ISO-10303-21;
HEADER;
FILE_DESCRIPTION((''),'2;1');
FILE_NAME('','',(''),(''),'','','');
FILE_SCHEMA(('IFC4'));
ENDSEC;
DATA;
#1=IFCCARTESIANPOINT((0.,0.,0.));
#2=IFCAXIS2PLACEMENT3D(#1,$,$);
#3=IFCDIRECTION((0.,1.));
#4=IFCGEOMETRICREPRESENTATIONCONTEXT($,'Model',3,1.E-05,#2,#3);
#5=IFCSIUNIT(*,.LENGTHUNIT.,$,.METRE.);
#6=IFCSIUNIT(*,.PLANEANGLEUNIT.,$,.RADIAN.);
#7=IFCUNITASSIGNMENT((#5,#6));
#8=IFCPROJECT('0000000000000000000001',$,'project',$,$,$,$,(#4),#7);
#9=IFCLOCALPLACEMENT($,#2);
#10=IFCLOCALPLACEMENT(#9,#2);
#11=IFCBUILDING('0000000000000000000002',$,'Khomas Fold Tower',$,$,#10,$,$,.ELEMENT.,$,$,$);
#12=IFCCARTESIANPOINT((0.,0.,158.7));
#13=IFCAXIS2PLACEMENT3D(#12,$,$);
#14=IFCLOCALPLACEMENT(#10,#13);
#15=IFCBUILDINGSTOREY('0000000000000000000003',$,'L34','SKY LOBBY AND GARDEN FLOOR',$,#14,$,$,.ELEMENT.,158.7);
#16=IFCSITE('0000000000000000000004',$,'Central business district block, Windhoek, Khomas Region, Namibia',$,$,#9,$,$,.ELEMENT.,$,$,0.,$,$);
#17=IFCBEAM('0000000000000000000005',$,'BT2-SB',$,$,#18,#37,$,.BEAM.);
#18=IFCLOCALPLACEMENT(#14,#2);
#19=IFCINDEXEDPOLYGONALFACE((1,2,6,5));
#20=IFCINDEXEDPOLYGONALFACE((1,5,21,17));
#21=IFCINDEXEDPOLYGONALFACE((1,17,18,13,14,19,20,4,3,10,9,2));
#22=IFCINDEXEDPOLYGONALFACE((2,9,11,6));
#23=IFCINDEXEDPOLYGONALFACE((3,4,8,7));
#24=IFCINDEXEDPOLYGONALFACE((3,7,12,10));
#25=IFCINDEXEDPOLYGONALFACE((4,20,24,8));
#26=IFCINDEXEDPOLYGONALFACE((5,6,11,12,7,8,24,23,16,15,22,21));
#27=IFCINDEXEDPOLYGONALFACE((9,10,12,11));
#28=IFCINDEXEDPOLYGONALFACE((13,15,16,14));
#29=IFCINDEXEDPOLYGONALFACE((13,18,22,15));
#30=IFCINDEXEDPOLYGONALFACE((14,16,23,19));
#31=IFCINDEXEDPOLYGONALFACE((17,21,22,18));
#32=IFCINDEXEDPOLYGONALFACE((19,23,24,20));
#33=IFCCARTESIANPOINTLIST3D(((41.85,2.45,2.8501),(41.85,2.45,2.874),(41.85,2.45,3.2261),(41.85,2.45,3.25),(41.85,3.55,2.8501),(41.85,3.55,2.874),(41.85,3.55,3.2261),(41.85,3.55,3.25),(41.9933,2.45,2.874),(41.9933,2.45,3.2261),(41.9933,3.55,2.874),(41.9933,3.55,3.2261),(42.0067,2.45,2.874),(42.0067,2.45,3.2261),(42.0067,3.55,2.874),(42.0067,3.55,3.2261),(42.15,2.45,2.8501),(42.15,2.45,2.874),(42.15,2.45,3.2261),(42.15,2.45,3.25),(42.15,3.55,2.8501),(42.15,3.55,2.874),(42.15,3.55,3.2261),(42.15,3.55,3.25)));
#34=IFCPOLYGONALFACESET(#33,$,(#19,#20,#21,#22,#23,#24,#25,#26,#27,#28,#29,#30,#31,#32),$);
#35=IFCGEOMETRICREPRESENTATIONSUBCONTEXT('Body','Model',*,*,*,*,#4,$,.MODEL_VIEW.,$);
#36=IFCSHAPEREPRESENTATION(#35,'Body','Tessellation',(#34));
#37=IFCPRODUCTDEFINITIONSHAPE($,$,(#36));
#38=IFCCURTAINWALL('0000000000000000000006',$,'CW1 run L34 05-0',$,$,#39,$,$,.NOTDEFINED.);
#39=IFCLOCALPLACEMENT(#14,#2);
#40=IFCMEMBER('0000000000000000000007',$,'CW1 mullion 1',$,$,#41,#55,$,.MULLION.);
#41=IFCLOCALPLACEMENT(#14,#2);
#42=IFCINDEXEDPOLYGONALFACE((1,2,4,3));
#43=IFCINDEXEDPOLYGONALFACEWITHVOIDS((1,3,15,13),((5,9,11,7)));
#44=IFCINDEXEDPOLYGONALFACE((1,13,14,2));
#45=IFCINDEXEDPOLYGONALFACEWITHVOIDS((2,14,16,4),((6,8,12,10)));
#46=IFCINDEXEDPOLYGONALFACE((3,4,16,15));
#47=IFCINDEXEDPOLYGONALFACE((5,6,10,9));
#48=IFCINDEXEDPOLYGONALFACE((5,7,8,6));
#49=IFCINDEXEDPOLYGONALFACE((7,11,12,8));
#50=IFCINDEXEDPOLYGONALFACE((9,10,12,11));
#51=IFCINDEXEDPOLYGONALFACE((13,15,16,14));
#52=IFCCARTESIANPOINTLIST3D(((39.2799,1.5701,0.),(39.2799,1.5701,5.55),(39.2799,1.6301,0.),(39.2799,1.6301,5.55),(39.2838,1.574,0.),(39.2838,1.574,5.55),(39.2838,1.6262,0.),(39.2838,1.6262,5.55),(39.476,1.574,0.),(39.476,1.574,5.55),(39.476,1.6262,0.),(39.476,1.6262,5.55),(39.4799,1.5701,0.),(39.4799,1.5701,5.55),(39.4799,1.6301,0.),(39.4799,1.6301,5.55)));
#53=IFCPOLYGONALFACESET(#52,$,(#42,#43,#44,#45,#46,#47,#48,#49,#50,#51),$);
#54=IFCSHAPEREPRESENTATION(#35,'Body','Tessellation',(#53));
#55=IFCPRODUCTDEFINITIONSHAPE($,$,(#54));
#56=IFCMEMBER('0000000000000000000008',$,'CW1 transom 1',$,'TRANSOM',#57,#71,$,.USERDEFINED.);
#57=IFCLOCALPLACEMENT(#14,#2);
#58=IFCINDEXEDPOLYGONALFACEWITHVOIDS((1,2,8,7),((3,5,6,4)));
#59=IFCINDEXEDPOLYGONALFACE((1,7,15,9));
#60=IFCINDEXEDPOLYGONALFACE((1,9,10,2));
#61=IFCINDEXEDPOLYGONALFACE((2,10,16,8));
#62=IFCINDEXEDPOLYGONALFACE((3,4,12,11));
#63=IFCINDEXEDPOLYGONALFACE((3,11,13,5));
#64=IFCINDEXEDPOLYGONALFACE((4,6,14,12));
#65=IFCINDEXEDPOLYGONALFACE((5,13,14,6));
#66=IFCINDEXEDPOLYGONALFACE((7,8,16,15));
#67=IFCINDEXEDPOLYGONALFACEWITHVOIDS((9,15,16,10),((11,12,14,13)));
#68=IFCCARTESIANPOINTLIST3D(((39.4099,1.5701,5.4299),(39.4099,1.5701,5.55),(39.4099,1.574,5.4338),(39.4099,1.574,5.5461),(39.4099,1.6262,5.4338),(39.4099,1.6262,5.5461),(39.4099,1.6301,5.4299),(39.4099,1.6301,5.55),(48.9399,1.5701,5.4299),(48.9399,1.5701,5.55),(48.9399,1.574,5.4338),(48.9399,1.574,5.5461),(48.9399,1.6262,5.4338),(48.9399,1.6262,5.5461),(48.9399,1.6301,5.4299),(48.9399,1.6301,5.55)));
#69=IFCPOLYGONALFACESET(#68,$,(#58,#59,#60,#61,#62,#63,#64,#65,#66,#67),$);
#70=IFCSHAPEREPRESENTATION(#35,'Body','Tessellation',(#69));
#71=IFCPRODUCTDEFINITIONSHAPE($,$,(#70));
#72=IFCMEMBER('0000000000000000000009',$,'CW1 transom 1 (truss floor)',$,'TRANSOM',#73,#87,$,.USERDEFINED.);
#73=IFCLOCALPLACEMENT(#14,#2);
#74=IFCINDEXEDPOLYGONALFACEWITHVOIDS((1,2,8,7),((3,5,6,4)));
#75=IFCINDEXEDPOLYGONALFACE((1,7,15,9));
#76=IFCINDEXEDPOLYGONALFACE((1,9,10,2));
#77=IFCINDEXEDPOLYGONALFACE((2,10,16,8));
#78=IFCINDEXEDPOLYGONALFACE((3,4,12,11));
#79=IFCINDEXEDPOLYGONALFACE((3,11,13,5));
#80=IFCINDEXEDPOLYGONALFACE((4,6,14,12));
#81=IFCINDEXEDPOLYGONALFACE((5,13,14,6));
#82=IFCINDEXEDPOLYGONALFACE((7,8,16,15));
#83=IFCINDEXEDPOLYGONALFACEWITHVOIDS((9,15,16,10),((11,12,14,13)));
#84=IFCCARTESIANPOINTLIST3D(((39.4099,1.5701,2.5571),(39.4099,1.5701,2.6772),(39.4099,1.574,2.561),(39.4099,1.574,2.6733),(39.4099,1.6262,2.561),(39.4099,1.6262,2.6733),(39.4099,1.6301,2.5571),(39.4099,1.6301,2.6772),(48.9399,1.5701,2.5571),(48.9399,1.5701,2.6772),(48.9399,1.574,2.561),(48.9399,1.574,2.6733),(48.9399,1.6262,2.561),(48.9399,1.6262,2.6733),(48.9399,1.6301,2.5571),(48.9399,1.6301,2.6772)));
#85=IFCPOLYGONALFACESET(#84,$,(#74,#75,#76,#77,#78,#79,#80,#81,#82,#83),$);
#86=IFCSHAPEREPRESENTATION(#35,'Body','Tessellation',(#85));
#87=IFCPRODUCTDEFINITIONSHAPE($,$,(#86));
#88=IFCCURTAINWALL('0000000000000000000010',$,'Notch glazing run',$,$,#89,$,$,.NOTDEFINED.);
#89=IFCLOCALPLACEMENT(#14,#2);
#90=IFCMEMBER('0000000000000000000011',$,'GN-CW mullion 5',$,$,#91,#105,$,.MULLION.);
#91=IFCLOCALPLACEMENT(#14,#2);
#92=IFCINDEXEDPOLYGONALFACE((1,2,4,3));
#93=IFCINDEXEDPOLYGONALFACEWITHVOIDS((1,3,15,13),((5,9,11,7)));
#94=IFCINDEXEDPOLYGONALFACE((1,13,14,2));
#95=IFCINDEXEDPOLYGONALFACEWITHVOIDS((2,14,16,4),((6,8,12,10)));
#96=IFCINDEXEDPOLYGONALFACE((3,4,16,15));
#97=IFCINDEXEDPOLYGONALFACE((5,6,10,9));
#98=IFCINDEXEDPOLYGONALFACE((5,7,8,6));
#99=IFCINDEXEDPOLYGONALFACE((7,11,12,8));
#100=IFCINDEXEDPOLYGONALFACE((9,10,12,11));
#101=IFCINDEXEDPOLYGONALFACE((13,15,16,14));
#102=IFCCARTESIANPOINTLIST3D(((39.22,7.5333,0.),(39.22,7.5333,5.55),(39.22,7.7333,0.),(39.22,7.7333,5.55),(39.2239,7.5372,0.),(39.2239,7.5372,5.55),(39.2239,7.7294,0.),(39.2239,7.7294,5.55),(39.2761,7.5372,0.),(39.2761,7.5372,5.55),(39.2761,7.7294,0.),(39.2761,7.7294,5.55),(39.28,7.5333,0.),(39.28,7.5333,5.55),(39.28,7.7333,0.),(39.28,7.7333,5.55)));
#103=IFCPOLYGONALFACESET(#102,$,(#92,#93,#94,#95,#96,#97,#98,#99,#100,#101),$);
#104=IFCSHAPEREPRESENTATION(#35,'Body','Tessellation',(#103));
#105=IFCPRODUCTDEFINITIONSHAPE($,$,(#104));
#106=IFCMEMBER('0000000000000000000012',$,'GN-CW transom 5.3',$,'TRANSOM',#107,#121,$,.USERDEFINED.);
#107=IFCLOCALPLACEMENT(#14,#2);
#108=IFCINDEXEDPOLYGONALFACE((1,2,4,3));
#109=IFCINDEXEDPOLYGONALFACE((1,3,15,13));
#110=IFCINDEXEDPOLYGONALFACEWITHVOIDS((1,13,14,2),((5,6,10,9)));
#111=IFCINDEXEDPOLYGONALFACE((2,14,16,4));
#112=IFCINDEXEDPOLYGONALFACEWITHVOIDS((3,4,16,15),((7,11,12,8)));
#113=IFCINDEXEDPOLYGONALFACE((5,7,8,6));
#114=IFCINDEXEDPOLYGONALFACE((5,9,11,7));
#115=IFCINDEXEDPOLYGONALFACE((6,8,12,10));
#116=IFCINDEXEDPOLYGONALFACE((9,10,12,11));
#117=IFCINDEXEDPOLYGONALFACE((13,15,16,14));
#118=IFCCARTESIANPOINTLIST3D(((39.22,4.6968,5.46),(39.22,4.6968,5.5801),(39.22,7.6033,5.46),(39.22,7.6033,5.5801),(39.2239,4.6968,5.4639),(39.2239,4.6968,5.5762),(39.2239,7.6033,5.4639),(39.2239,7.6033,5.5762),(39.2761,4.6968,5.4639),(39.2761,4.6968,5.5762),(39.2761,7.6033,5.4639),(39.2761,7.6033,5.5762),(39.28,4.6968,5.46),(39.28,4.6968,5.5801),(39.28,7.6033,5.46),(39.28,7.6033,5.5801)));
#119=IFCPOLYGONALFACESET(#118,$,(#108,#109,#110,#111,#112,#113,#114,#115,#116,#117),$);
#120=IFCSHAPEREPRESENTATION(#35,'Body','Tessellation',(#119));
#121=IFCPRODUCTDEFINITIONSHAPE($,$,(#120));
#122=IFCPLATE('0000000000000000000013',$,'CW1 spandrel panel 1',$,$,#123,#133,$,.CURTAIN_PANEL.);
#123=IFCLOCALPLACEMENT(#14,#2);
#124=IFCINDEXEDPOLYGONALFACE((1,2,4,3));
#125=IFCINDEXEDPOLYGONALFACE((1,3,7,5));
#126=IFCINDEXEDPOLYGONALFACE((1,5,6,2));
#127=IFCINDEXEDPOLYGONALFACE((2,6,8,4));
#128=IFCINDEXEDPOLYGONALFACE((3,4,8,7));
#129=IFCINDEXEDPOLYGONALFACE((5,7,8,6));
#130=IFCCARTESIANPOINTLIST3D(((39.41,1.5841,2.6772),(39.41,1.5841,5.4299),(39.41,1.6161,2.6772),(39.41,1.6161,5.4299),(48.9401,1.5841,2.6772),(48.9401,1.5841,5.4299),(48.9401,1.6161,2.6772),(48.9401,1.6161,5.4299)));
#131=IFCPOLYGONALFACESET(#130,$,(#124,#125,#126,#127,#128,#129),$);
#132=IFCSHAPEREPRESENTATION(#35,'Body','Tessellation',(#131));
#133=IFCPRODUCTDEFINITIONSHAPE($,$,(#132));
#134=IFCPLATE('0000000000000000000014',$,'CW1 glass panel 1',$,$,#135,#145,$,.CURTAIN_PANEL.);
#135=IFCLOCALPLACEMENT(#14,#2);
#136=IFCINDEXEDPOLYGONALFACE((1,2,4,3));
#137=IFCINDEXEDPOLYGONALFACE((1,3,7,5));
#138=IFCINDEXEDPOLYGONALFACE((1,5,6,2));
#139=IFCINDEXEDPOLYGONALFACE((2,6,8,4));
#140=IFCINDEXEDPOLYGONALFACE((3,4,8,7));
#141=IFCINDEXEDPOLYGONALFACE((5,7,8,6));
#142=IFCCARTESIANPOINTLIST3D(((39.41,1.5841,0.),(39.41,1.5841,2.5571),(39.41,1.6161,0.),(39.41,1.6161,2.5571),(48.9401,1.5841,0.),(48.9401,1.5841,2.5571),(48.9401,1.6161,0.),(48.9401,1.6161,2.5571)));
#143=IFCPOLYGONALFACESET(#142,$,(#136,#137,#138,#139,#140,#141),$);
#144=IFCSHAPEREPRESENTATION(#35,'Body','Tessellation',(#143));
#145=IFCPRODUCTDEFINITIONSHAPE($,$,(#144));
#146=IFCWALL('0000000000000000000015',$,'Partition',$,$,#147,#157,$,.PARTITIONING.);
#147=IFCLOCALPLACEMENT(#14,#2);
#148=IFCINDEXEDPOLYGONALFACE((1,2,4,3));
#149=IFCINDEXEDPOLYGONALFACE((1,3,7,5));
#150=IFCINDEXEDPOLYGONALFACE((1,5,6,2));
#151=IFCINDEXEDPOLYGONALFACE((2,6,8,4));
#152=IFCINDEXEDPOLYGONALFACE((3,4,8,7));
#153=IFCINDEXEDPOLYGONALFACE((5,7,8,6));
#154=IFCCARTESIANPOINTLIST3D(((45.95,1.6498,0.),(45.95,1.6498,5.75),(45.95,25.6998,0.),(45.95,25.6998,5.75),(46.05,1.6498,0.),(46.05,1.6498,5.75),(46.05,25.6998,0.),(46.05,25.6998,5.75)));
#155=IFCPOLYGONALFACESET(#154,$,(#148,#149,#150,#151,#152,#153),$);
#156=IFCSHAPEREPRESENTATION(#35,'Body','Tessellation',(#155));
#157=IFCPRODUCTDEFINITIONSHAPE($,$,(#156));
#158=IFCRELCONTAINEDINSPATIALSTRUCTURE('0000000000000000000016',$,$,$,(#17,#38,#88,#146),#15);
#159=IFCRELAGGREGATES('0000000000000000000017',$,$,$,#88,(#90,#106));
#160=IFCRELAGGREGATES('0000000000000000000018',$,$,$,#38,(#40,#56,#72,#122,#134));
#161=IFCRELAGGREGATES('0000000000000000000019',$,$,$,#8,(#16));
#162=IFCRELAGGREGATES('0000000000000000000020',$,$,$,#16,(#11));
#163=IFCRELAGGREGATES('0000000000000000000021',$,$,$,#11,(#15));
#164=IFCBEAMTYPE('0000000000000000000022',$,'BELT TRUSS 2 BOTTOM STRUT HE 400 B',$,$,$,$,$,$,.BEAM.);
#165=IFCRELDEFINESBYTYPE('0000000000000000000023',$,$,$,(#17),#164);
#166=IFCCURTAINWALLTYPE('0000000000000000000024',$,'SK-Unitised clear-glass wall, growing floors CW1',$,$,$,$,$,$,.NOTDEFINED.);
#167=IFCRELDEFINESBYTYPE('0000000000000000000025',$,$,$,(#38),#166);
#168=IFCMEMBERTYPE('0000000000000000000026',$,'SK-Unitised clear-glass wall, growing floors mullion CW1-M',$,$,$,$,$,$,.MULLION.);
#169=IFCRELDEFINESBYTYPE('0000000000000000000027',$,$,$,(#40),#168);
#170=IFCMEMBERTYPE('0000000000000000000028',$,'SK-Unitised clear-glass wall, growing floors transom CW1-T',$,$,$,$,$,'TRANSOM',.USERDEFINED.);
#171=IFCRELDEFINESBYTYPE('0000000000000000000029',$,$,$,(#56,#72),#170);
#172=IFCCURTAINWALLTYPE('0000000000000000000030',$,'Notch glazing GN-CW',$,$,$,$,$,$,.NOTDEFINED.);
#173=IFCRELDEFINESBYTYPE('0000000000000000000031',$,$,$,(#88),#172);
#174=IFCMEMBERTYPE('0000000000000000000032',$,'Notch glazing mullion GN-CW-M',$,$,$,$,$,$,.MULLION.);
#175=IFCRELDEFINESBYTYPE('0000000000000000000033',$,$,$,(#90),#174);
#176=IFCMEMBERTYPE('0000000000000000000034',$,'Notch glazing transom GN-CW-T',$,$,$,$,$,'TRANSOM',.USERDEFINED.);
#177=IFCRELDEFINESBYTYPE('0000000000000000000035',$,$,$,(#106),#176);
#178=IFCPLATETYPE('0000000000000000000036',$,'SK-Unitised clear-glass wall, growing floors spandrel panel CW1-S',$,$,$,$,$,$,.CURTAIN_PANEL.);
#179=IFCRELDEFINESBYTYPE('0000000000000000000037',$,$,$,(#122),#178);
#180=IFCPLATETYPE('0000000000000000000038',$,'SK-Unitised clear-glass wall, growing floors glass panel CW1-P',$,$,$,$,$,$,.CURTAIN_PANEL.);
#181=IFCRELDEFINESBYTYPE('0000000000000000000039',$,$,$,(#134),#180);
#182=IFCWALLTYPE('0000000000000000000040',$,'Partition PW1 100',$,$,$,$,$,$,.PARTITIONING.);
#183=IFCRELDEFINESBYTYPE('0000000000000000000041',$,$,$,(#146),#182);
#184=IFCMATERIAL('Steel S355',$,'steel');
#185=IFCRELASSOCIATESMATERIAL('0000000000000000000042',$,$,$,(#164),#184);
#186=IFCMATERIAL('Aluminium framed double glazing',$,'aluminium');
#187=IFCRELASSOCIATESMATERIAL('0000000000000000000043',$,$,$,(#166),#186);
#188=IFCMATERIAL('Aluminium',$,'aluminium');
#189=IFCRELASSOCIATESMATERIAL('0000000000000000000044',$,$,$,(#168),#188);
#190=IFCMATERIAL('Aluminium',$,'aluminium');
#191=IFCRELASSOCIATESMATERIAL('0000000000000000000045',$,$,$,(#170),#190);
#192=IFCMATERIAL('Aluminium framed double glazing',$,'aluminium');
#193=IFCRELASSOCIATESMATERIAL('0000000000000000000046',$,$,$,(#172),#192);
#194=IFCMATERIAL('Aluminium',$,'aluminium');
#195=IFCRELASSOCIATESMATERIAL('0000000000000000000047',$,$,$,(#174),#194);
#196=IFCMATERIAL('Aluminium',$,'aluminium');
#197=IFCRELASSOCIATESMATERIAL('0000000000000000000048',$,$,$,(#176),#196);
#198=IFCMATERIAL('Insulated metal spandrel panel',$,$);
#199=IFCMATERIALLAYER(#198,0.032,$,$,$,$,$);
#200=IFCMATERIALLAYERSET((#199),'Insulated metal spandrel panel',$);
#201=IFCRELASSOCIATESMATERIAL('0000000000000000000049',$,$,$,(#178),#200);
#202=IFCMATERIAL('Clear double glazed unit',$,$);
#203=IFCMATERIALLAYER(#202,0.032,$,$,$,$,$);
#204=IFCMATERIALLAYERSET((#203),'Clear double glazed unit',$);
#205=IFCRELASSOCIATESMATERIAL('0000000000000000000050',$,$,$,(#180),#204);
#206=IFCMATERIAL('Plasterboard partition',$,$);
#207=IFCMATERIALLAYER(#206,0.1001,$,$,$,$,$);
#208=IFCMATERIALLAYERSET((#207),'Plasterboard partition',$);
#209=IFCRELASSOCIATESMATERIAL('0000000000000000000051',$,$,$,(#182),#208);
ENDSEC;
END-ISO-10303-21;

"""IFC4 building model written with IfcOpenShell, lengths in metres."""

from ifc_helpers import new_model, si_unit, direction, frame, frame_2d, origin, origin_2d, place, context, subcontext, project, spatial, rectangle, hollow_rectangle, i_section, extrude, source, transform, mapped, material, layer, layer_set, material_profile, profile_set, type_object, element, aggregate, save


model = new_model("IFC4")

# Units and contexts
model_context = context("Model", 3, precision=1e-05, world=origin(), true_north=direction((0.0, 1.0)))
body_context = subcontext(model_context, "Body", "Model", "MODEL_VIEW")
ifc_project = project(units=[si_unit("LENGTHUNIT", "METRE"), si_unit("PLANEANGLEUNIT", "RADIAN")], contexts=[model_context])

# Site, building, storey
site_placement = place(None, origin())
site = spatial("IfcSite", under=ifc_project, at=site_placement, Name="Central business district block, Windhoek, Khomas Region, Namibia", CompositionType="ELEMENT", RefElevation=0.0)
building_placement = place(site_placement, origin())
building = spatial("IfcBuilding", under=site, at=building_placement, Name="Khomas Fold Tower", CompositionType="ELEMENT")
storey_placement = place(building_placement, frame((0.0, 0.0, 158.7)))
storey = spatial("IfcBuildingStorey", under=building, at=storey_placement, Name="L34", Description="SKY LOBBY AND GARDEN FLOOR", CompositionType="ELEMENT", Elevation=158.7)

# Beam
ifc_material_1 = material(Name="Steel S355", Category="steel")
ifc_material_profile_1 = material_profile(ifc_material_1, i_section(OverallWidth=0.3, OverallDepth=0.3999, WebThickness=0.0134, FlangeThickness=0.0239, at=origin_2d()), Name="HE 400 B")
ifc_profile_set_1 = profile_set([ifc_material_profile_1], Name="Steel S355")
beam_type_1 = type_object("IfcBeamType", Name="BELT TRUSS 2 BOTTOM STRUT HE 400 B", PredefinedType="BEAM", material=ifc_profile_set_1)
shared_shape_1 = source(origin(), body_context, "Body", "SweptSolid", [
    extrude(i_section(OverallWidth=0.3, OverallDepth=0.3999, WebThickness=0.0134, FlangeThickness=0.0239, at=origin_2d()), origin(), (0.0, 0.0, 1.0), 1.1001),
])
beam_1_placement = place(storey_placement, frame((42.0, 3.55, 3.05), z_axis=(0.0, -1.0, 0.0), x_axis=(1.0, 0.0, 0.0)))
element("IfcBeam", 1, at=beam_1_placement, inside=storey, type_object=beam_type_1, Name="BT2-SB", PredefinedType="BEAM", context=body_context, shape_type="MappedRepresentation", body=[
    mapped(shared_shape_1, transform((0.0, 0.0, 0.0))),
])

# Curtain walls, members
ifc_material_2 = material(Name="Aluminium framed double glazing", Category="aluminium")
curtain_wall_type_1 = type_object("IfcCurtainWallType", Name="SK-Unitised clear-glass wall, growing floors CW1", PredefinedType="NOTDEFINED", material=ifc_material_2)
curtain_wall_1_placement = place(storey_placement, origin())
curtain_wall_1 = element("IfcCurtainWall", 2, at=curtain_wall_1_placement, inside=storey, type_object=curtain_wall_type_1, Name="CW1 run L34 05-0", PredefinedType="NOTDEFINED")
ifc_material_3 = material(Name="Aluminium", Category="aluminium")
ifc_material_profile_2 = material_profile(ifc_material_3, hollow_rectangle(XDim=0.0601, YDim=0.2, WallThickness=0.0039, at=origin_2d()), Name="SK-Unitised clear-glass wall, growing floors mullion CW1-M")
ifc_profile_set_2 = profile_set([ifc_material_profile_2], Name="Aluminium")
member_type_1 = type_object("IfcMemberType", Name="SK-Unitised clear-glass wall, growing floors mullion CW1-M", PredefinedType="MULLION", material=ifc_profile_set_2)
shared_shape_2 = source(origin(), body_context, "Body", "SweptSolid", [
    extrude(hollow_rectangle(XDim=0.0601, YDim=0.2, WallThickness=0.0039, at=origin_2d()), origin(), (0.0, 0.0, 1.0), 5.55),
])
member_1_placement = place(storey_placement, frame((39.3799, 1.6001, 0.0), z_axis=(0.0, 0.0, 1.0), x_axis=(0.0, 1.0, 0.0)))
member_1 = element("IfcMember", 3, at=member_1_placement, type_object=member_type_1, Name="CW1 mullion 1", PredefinedType="MULLION", context=body_context, shape_type="MappedRepresentation", body=[
    mapped(shared_shape_2, transform((0.0, 0.0, 0.0))),
])
ifc_material_4 = material(Name="Aluminium", Category="aluminium")
ifc_material_profile_3 = material_profile(ifc_material_4, hollow_rectangle(XDim=0.0601, YDim=0.1201, WallThickness=0.0039, at=origin_2d()), Name="SK-Unitised clear-glass wall, growing floors transom CW1-T")
ifc_profile_set_3 = profile_set([ifc_material_profile_3], Name="Aluminium")
member_type_2 = type_object("IfcMemberType", Name="SK-Unitised clear-glass wall, growing floors transom CW1-T", ElementType="TRANSOM", PredefinedType="USERDEFINED", material=ifc_profile_set_3)
shared_shape_3 = source(origin(), body_context, "Body", "SweptSolid", [
    extrude(hollow_rectangle(XDim=0.0601, YDim=0.1201, WallThickness=0.0039, at=origin_2d()), origin(), (0.0, 0.0, 1.0), 9.53),
])
member_2_placement = place(storey_placement, frame((39.4099, 1.6001, 5.49), z_axis=(1.0, 0.0, 0.0), x_axis=(0.0, 1.0, 0.0)))
member_2 = element("IfcMember", 4, at=member_2_placement, type_object=member_type_2, Name="CW1 transom 1", ObjectType="TRANSOM", PredefinedType="USERDEFINED", context=body_context, shape_type="MappedRepresentation", body=[
    mapped(shared_shape_3, transform((0.0, 0.0, 0.0))),
])
member_3_placement = place(storey_placement, frame((39.4099, 1.6001, 2.6172), z_axis=(1.0, 0.0, 0.0), x_axis=(0.0, 1.0, 0.0)))
member_3 = element("IfcMember", 5, at=member_3_placement, type_object=member_type_2, Name="CW1 transom 1 (truss floor)", ObjectType="TRANSOM", PredefinedType="USERDEFINED", context=body_context, shape_type="MappedRepresentation", body=[
    mapped(shared_shape_3, transform((0.0, 0.0, 0.0))),
])
ifc_material_5 = material(Name="Aluminium framed double glazing", Category="aluminium")
curtain_wall_type_2 = type_object("IfcCurtainWallType", Name="Notch glazing GN-CW", PredefinedType="NOTDEFINED", material=ifc_material_5)
curtain_wall_2_placement = place(storey_placement, origin())
curtain_wall_2 = element("IfcCurtainWall", 6, at=curtain_wall_2_placement, inside=storey, type_object=curtain_wall_type_2, Name="Notch glazing run", PredefinedType="NOTDEFINED")
ifc_material_6 = material(Name="Aluminium", Category="aluminium")
ifc_material_profile_4 = material_profile(ifc_material_6, hollow_rectangle(XDim=0.0601, YDim=0.2, WallThickness=0.0039, at=origin_2d()), Name="Notch glazing mullion GN-CW-M")
ifc_profile_set_4 = profile_set([ifc_material_profile_4], Name="Aluminium")
member_type_3 = type_object("IfcMemberType", Name="Notch glazing mullion GN-CW-M", PredefinedType="MULLION", material=ifc_profile_set_4)
shared_shape_4 = source(origin(), body_context, "Body", "SweptSolid", [
    extrude(hollow_rectangle(XDim=0.0601, YDim=0.2, WallThickness=0.0039, at=origin_2d()), origin(), (0.0, 0.0, 1.0), 5.55),
])
member_4_placement = place(storey_placement, frame((39.25, 7.6333, 0.0), z_axis=(0.0, 0.0, 1.0), x_axis=(1.0, 0.0, 0.0)))
member_4 = element("IfcMember", 7, at=member_4_placement, type_object=member_type_3, Name="GN-CW mullion 5", PredefinedType="MULLION", context=body_context, shape_type="MappedRepresentation", body=[
    mapped(shared_shape_4, transform((0.0, 0.0, 0.0))),
])
ifc_material_7 = material(Name="Aluminium", Category="aluminium")
ifc_material_profile_5 = material_profile(ifc_material_7, hollow_rectangle(XDim=0.0601, YDim=0.1201, WallThickness=0.0039, at=origin_2d()), Name="Notch glazing transom GN-CW-T")
ifc_profile_set_5 = profile_set([ifc_material_profile_5], Name="Aluminium")
member_type_4 = type_object("IfcMemberType", Name="Notch glazing transom GN-CW-T", ElementType="TRANSOM", PredefinedType="USERDEFINED", material=ifc_profile_set_5)
shared_shape_5 = source(origin(), body_context, "Body", "SweptSolid", [
    extrude(hollow_rectangle(XDim=0.0601, YDim=0.1201, WallThickness=0.0039, at=origin_2d()), origin(), (0.0, 0.0, 1.0), 2.9065),
])
member_5_placement = place(storey_placement, frame((39.25, 7.6033, 5.52), z_axis=(0.0, -1.0, 0.0), x_axis=(1.0, 0.0, 0.0)))
member_5 = element("IfcMember", 8, at=member_5_placement, type_object=member_type_4, Name="GN-CW transom 5.3", ObjectType="TRANSOM", PredefinedType="USERDEFINED", context=body_context, shape_type="MappedRepresentation", body=[
    mapped(shared_shape_5, transform((0.0, 0.0, 0.0))),
])
aggregate(curtain_wall_2, [member_4, member_5])

# Plates
ifc_material_8 = material(Name="Insulated metal spandrel panel")
ifc_layer_1 = layer(ifc_material_8, 0.032)
ifc_layer_set_1 = layer_set([ifc_layer_1], Name="Insulated metal spandrel panel")
plate_type_1 = type_object("IfcPlateType", Name="SK-Unitised clear-glass wall, growing floors spandrel panel CW1-S", PredefinedType="CURTAIN_PANEL", material=ifc_layer_set_1)
shared_shape_6 = source(origin(), body_context, "Body", "SweptSolid", [
    extrude(rectangle(XDim=9.53, YDim=0.032, at=origin_2d()), origin(), (0.0, 0.0, 1.0), 2.7527),
])
plate_1_placement = place(storey_placement, frame((44.175, 1.6001, 2.6772), z_axis=(0.0, 0.0, 1.0), x_axis=(1.0, 0.0, 0.0)))
plate_1 = element("IfcPlate", 9, at=plate_1_placement, type_object=plate_type_1, Name="CW1 spandrel panel 1", PredefinedType="CURTAIN_PANEL", context=body_context, shape_type="MappedRepresentation", body=[
    mapped(shared_shape_6, transform((0.0, 0.0, 0.0))),
])
ifc_material_9 = material(Name="Clear double glazed unit")
ifc_layer_2 = layer(ifc_material_9, 0.032)
ifc_layer_set_2 = layer_set([ifc_layer_2], Name="Clear double glazed unit")
plate_type_2 = type_object("IfcPlateType", Name="SK-Unitised clear-glass wall, growing floors glass panel CW1-P", PredefinedType="CURTAIN_PANEL", material=ifc_layer_set_2)
shared_shape_7 = source(origin(), body_context, "Body", "SweptSolid", [
    extrude(rectangle(XDim=9.53, YDim=0.032, at=origin_2d()), origin(), (0.0, 0.0, 1.0), 2.5571),
])
plate_2_placement = place(storey_placement, frame((44.175, 1.6001, 0.0), z_axis=(0.0, 0.0, 1.0), x_axis=(1.0, 0.0, 0.0)))
plate_2 = element("IfcPlate", 10, at=plate_2_placement, type_object=plate_type_2, Name="CW1 glass panel 1", PredefinedType="CURTAIN_PANEL", context=body_context, shape_type="MappedRepresentation", body=[
    mapped(shared_shape_7, transform((0.0, 0.0, 0.0))),
])
aggregate(curtain_wall_1, [member_1, member_2, member_3, plate_1, plate_2])

# Wall
ifc_material_10 = material(Name="Plasterboard partition")
ifc_layer_3 = layer(ifc_material_10, 0.1001)
ifc_layer_set_3 = layer_set([ifc_layer_3], Name="Plasterboard partition")
wall_type = type_object("IfcWallType", Name="Partition PW1 100", PredefinedType="PARTITIONING", material=ifc_layer_set_3)
shared_shape_8 = source(origin(), body_context, "Body", "SweptSolid", [
    extrude(rectangle(XDim=24.05, YDim=0.1001, at=frame_2d((12.0249, 0.0))), origin(), (0.0, 0.0, 1.0), 5.75),
])
wall_placement = place(storey_placement, frame((46.0, 1.6499, 0.0), z_axis=(0.0, 0.0, 1.0), x_axis=(0.0, 1.0, 0.0)))
element("IfcWall", 11, at=wall_placement, inside=storey, type_object=wall_type, Name="Partition", PredefinedType="PARTITIONING", context=body_context, shape_type="MappedRepresentation", body=[
    mapped(shared_shape_8, transform((0.0, 0.0, 0.0))),
])

save(model, "model.ifc")
